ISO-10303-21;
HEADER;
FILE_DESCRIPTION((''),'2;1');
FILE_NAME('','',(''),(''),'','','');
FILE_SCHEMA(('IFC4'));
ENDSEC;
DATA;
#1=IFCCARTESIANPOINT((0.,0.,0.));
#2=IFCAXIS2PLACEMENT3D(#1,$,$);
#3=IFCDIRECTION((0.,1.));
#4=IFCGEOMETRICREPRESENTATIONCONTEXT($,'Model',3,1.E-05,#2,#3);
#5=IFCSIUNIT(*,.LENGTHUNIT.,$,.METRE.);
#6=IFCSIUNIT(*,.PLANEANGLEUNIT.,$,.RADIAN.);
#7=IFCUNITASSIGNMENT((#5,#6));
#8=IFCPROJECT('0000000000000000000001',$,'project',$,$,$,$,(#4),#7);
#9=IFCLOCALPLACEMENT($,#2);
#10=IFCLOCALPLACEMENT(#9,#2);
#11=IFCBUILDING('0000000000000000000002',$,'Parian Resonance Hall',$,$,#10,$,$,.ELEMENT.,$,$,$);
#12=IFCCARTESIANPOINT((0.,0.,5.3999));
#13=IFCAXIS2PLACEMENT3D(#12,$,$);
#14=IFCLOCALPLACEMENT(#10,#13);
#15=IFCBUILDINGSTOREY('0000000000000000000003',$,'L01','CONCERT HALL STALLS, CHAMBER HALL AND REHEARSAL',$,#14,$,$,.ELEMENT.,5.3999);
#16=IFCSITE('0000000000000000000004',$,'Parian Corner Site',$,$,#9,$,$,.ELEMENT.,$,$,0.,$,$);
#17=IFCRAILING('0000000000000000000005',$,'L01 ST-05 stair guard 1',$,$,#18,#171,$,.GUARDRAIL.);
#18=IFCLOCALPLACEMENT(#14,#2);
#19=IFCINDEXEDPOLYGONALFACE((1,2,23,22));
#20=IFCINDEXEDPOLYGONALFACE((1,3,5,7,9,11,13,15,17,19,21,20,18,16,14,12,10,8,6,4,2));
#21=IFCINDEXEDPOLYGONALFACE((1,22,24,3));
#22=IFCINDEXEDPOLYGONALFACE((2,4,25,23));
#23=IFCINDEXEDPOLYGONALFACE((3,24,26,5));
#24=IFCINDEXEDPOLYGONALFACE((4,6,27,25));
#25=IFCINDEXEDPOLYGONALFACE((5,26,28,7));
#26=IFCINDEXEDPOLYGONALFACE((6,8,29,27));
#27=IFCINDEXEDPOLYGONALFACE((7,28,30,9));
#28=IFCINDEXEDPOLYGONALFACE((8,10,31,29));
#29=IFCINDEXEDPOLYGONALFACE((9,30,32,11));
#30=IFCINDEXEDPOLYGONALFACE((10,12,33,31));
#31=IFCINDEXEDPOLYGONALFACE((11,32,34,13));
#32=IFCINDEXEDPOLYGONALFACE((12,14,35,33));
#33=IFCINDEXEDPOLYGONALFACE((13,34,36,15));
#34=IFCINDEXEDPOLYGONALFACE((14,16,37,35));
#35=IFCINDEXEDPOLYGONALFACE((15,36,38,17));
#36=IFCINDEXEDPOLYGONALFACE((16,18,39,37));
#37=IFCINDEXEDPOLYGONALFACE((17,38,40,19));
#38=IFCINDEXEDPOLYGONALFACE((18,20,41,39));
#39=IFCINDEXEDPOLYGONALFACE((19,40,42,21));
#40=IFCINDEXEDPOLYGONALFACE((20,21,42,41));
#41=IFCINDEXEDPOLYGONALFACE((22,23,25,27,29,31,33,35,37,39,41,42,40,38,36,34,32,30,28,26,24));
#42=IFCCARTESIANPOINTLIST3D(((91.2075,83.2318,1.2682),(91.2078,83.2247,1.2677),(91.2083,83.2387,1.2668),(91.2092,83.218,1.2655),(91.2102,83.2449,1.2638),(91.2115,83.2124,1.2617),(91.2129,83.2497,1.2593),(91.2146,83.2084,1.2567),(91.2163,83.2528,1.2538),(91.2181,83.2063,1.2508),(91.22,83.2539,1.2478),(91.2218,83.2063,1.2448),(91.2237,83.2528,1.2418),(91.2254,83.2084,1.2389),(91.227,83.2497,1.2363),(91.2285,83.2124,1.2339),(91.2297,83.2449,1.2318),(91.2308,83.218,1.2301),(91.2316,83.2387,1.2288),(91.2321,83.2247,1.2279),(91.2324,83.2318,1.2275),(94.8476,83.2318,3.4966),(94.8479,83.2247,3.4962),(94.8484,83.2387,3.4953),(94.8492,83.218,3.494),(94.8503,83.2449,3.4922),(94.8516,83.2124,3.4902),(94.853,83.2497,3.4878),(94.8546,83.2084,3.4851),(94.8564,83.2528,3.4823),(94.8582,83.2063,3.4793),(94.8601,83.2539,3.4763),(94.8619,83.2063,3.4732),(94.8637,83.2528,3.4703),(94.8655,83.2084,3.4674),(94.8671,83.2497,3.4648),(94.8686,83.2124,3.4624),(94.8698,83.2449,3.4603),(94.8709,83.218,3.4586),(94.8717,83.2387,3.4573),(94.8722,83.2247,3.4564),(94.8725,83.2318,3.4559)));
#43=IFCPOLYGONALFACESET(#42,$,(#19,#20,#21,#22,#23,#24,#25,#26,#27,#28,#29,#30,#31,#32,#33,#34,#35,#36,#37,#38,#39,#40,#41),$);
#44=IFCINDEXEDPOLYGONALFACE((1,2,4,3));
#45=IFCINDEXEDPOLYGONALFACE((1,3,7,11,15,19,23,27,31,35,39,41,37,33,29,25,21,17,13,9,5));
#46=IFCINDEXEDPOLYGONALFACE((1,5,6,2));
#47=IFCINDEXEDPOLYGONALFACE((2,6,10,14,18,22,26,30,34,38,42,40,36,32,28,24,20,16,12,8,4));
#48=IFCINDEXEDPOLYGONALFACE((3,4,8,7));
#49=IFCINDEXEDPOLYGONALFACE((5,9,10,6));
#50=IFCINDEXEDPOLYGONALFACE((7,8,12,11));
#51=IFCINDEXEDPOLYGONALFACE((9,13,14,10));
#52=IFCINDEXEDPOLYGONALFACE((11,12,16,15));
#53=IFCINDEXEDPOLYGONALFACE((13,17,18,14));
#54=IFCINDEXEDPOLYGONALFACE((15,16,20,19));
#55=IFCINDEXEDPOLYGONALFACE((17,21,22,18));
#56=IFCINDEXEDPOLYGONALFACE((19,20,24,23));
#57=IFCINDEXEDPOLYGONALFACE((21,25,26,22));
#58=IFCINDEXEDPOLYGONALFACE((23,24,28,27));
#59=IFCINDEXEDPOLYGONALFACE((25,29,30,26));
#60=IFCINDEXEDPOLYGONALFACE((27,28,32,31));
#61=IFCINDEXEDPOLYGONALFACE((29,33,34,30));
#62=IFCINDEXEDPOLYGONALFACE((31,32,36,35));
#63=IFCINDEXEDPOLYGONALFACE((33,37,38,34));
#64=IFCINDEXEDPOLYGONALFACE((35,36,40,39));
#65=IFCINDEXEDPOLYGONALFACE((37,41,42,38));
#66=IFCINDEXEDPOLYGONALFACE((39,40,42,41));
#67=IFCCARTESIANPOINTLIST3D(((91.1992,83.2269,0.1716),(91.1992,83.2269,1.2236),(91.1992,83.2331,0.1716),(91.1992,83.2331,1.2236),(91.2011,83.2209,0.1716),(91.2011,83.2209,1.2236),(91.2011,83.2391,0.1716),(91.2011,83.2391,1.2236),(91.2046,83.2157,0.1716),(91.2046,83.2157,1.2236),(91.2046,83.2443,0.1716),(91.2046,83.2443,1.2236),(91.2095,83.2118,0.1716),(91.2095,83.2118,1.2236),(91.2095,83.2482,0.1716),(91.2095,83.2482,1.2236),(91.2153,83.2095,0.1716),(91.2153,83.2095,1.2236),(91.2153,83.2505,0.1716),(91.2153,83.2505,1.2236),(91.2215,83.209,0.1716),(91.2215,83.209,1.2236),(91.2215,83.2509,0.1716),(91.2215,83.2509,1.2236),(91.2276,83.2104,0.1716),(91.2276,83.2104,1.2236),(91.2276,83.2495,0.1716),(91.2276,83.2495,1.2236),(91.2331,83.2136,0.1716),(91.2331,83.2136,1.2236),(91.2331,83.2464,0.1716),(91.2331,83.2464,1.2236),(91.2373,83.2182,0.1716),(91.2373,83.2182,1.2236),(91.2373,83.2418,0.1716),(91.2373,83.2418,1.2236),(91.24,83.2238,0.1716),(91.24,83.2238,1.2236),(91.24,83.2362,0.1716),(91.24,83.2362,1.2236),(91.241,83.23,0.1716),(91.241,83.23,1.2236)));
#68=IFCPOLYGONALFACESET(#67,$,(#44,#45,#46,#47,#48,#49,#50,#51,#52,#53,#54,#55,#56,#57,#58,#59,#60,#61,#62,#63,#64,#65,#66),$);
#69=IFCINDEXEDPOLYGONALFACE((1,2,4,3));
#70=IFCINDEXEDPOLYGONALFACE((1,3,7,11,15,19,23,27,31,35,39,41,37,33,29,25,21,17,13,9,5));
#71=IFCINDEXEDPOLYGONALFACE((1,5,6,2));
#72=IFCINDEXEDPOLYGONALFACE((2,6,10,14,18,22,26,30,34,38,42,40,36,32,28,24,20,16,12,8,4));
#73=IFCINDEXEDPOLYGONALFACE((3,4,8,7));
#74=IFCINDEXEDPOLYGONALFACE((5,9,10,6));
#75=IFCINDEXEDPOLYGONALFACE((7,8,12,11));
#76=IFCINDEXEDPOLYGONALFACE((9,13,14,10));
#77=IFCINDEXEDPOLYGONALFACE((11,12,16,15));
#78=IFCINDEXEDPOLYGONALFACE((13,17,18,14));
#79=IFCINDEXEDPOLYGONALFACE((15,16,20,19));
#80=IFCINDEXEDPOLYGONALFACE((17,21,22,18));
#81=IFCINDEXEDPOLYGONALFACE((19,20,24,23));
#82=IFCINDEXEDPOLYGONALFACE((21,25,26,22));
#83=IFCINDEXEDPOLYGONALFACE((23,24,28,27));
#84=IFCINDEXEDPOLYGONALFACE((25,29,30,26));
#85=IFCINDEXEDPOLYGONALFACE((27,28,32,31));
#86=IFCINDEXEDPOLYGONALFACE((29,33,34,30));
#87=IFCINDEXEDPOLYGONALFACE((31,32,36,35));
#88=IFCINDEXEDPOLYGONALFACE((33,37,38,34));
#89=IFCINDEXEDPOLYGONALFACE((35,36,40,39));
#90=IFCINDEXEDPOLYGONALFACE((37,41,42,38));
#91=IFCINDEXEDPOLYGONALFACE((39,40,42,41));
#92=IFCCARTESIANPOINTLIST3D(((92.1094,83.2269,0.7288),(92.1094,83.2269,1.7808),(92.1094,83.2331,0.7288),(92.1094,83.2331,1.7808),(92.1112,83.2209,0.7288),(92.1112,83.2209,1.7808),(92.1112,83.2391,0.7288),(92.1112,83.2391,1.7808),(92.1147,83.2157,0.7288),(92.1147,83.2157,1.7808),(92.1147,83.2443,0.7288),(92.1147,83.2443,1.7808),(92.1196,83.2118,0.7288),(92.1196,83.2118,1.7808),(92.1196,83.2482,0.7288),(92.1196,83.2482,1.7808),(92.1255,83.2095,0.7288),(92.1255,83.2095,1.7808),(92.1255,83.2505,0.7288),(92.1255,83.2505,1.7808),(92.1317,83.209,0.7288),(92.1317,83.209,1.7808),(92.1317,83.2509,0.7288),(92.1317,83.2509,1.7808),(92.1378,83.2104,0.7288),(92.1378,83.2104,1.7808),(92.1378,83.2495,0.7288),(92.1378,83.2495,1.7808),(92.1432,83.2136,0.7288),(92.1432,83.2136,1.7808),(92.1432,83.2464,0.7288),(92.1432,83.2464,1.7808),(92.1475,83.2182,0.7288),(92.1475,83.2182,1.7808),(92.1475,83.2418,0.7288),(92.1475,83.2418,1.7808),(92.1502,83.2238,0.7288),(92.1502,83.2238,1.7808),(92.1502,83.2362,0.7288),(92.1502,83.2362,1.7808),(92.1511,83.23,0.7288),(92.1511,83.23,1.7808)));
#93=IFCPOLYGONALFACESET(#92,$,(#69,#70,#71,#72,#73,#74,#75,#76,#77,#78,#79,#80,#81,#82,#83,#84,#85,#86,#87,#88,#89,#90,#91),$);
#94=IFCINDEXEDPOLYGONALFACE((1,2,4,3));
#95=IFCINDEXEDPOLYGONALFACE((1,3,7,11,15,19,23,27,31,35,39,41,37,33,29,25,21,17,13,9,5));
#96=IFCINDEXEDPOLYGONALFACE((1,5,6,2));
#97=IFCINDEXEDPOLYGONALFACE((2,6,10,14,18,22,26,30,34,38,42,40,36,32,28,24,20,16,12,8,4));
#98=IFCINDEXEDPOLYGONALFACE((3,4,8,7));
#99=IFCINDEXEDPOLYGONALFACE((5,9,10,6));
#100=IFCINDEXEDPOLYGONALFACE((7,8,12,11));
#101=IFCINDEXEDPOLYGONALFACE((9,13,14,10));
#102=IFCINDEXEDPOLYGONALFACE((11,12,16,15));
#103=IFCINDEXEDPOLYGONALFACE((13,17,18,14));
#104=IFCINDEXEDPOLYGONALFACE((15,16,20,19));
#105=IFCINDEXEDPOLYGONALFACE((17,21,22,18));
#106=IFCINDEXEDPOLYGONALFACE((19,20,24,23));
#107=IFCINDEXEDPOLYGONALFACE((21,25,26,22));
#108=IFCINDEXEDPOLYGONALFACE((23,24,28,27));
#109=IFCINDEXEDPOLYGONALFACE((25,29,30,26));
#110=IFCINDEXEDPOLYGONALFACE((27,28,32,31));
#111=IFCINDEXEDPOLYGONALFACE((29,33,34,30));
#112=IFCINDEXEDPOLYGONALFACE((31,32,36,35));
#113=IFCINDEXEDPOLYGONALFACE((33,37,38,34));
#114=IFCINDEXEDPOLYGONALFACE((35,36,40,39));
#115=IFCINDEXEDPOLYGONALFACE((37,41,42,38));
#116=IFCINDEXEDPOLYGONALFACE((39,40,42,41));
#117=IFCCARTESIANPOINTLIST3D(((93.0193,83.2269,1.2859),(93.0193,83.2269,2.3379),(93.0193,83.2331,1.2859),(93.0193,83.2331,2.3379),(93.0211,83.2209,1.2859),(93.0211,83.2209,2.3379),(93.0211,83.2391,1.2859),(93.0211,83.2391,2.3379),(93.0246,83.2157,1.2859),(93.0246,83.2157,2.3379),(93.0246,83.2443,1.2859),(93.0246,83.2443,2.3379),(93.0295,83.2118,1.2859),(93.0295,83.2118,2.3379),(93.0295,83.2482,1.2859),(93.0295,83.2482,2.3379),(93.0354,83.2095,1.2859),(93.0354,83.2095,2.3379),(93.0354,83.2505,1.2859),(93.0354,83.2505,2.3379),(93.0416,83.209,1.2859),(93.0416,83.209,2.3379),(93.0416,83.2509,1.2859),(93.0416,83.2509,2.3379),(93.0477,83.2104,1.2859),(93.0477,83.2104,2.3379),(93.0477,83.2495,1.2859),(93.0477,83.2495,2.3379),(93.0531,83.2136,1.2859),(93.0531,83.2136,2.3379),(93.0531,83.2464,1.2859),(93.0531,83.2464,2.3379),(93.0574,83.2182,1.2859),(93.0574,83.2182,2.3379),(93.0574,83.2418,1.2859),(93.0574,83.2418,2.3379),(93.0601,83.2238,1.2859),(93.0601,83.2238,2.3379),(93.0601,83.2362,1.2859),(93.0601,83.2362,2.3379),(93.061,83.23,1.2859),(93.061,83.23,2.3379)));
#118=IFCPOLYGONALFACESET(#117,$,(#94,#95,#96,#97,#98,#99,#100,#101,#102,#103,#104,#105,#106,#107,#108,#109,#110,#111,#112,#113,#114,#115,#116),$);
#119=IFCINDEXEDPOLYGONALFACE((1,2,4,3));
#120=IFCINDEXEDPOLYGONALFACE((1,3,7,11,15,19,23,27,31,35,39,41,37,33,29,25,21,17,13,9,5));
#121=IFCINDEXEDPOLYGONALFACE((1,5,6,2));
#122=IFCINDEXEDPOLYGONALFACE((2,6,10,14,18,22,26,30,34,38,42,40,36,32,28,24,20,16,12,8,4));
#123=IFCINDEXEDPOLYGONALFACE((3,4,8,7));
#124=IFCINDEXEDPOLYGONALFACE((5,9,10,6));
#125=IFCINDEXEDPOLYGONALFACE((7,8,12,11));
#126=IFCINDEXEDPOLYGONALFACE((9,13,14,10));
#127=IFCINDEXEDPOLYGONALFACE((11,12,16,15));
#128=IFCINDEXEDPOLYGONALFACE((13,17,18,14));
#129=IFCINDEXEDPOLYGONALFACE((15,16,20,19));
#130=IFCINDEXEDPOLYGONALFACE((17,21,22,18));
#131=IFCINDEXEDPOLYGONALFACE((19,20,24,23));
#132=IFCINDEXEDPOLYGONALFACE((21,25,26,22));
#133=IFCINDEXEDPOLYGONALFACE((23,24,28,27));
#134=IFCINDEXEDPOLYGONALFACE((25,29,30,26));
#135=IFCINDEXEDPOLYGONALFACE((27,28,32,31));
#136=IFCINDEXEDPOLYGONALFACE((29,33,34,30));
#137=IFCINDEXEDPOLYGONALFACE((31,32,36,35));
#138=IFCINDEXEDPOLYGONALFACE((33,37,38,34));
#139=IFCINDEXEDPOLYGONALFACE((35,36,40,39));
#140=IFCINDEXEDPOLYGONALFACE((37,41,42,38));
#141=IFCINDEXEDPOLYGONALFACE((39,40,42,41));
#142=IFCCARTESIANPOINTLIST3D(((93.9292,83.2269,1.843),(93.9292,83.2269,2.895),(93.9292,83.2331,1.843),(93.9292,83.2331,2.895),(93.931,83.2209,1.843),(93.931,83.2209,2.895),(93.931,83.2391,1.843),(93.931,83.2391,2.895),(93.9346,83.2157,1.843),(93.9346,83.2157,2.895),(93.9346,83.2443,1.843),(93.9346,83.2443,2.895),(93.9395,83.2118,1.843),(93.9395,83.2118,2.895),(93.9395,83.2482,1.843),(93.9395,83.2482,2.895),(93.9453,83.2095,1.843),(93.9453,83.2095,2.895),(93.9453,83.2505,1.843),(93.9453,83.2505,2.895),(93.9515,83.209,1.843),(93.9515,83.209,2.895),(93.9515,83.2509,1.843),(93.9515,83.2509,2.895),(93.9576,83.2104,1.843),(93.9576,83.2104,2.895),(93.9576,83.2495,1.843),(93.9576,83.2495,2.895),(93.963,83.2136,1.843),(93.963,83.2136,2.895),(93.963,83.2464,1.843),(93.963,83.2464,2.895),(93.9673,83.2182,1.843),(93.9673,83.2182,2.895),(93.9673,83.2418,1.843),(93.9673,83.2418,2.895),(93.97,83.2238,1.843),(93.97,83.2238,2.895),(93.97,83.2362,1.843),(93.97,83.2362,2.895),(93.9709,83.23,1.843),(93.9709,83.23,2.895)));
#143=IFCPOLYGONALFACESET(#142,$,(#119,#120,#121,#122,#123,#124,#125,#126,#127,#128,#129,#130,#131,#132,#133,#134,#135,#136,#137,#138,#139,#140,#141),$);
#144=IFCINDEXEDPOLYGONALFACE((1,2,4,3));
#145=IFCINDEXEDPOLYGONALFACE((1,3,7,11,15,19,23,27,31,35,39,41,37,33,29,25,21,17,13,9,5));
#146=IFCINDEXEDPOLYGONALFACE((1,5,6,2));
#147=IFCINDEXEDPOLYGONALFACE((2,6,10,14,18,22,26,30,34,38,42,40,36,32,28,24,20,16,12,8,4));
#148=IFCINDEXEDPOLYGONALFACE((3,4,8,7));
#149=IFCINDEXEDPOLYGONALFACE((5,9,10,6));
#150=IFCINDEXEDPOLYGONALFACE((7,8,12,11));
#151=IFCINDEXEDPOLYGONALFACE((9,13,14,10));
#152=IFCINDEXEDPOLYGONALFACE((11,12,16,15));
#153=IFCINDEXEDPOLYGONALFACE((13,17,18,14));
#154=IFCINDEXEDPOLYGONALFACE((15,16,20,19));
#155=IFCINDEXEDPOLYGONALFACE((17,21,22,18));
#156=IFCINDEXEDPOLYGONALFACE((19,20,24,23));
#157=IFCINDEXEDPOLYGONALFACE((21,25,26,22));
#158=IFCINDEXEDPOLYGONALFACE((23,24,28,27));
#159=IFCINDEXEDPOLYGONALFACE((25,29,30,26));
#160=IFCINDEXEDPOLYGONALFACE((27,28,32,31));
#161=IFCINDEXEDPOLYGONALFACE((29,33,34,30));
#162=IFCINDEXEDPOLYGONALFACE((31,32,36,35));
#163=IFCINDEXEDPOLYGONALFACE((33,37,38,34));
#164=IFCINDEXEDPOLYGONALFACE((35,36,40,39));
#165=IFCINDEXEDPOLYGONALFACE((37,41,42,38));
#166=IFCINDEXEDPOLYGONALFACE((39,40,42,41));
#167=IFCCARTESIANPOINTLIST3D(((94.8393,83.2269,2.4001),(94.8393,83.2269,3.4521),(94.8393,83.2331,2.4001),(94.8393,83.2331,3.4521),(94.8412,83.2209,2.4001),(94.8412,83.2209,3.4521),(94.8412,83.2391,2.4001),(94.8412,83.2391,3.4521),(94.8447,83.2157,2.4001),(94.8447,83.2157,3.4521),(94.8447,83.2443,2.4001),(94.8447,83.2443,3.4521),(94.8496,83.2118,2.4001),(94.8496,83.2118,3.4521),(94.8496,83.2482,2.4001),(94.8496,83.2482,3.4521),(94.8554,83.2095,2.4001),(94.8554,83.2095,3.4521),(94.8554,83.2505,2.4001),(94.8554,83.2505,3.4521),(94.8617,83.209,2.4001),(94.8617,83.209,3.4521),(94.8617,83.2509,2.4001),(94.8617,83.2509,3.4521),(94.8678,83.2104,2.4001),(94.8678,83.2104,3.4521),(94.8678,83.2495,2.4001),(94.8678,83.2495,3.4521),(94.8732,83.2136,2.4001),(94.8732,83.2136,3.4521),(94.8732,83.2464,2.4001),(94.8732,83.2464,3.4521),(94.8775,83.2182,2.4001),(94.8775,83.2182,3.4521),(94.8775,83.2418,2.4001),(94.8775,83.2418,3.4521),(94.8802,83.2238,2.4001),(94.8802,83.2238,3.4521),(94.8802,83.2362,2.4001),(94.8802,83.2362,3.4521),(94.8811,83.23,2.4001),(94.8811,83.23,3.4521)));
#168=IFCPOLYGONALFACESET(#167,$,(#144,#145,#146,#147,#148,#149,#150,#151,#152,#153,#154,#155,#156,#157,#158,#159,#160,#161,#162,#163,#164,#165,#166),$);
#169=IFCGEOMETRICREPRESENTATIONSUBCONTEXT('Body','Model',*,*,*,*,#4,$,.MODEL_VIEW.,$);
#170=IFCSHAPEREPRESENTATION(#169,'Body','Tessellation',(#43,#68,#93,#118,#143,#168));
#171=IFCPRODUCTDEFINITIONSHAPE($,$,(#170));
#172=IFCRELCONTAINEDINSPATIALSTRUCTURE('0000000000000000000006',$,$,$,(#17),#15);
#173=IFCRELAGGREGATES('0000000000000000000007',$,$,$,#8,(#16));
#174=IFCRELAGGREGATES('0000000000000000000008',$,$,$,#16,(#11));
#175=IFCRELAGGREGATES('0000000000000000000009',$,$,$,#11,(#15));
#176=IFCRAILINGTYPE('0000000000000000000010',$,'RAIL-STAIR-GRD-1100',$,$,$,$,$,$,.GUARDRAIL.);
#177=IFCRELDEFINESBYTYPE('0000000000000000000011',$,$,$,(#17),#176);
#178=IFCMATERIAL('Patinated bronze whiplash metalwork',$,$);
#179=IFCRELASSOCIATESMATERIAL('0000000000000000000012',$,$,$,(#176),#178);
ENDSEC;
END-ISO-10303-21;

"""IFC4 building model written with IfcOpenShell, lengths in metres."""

from ifc_helpers import new_model, si_unit, direction, frame, origin, origin_2d, place, context, subcontext, project, spatial, circle, extrude, material, type_object, element, save


model = new_model("IFC4")

# Units and contexts
model_context = context("Model", 3, precision=1e-05, world=origin(), true_north=direction((0.0, 1.0)))
body_context = subcontext(model_context, "Body", "Model", "MODEL_VIEW")
ifc_project = project(units=[si_unit("LENGTHUNIT", "METRE"), si_unit("PLANEANGLEUNIT", "RADIAN")], contexts=[model_context])

# Site, building, storey
site_placement = place(None, origin())
site = spatial("IfcSite", under=ifc_project, at=site_placement, Name="Parian Corner Site", CompositionType="ELEMENT", RefElevation=0.0)
building_placement = place(site_placement, origin())
building = spatial("IfcBuilding", under=site, at=building_placement, Name="Parian Resonance Hall", CompositionType="ELEMENT")
storey_placement = place(building_placement, frame((0.0, 0.0, 5.3999)))
storey = spatial("IfcBuildingStorey", under=building, at=storey_placement, Name="L01", Description="CONCERT HALL STALLS, CHAMBER HALL AND REHEARSAL", CompositionType="ELEMENT", Elevation=5.3999)

# Railing
ifc_material_1 = material(Name="Patinated bronze whiplash metalwork")
railing_type_1 = type_object("IfcRailingType", Name="RAIL-STAIR-GRD-1100", PredefinedType="GUARDRAIL", material=ifc_material_1)
railing_1_placement = place(storey_placement, frame((91.22, 83.23, 0.1716)))
element("IfcRailing", 1, at=railing_1_placement, inside=storey, type_object=railing_type_1, Name="L01 ST-05 stair guard 1", PredefinedType="GUARDRAIL", context=body_context, shape_type="SweptSolid", body=[
    extrude(circle(Radius=0.0239, at=origin_2d()), frame((0.0, 0.0, 1.0762), z_axis=(0.852866, 0.0, 0.52213), x_axis=(0.0, 1.0, 0.0)), (0.0, 0.0, 1.0), 4.2681),
    extrude(circle(Radius=0.021, at=origin_2d()), origin(), (0.0, 0.0, 1.0), 1.052),
    extrude(circle(Radius=0.021, at=origin_2d()), frame((0.9102, 0.0, 0.5571)), (0.0, 0.0, 1.0), 1.052),
    extrude(circle(Radius=0.021, at=origin_2d()), frame((1.8201, 0.0, 1.1143)), (0.0, 0.0, 1.0), 1.052),
    extrude(circle(Radius=0.021, at=origin_2d()), frame((2.73, 0.0, 1.6714)), (0.0, 0.0, 1.0), 1.052),
    extrude(circle(Radius=0.021, at=origin_2d()), frame((3.6401, 0.0, 2.2285)), (0.0, 0.0, 1.0), 1.052),
])

save(model, "model.ifc")
